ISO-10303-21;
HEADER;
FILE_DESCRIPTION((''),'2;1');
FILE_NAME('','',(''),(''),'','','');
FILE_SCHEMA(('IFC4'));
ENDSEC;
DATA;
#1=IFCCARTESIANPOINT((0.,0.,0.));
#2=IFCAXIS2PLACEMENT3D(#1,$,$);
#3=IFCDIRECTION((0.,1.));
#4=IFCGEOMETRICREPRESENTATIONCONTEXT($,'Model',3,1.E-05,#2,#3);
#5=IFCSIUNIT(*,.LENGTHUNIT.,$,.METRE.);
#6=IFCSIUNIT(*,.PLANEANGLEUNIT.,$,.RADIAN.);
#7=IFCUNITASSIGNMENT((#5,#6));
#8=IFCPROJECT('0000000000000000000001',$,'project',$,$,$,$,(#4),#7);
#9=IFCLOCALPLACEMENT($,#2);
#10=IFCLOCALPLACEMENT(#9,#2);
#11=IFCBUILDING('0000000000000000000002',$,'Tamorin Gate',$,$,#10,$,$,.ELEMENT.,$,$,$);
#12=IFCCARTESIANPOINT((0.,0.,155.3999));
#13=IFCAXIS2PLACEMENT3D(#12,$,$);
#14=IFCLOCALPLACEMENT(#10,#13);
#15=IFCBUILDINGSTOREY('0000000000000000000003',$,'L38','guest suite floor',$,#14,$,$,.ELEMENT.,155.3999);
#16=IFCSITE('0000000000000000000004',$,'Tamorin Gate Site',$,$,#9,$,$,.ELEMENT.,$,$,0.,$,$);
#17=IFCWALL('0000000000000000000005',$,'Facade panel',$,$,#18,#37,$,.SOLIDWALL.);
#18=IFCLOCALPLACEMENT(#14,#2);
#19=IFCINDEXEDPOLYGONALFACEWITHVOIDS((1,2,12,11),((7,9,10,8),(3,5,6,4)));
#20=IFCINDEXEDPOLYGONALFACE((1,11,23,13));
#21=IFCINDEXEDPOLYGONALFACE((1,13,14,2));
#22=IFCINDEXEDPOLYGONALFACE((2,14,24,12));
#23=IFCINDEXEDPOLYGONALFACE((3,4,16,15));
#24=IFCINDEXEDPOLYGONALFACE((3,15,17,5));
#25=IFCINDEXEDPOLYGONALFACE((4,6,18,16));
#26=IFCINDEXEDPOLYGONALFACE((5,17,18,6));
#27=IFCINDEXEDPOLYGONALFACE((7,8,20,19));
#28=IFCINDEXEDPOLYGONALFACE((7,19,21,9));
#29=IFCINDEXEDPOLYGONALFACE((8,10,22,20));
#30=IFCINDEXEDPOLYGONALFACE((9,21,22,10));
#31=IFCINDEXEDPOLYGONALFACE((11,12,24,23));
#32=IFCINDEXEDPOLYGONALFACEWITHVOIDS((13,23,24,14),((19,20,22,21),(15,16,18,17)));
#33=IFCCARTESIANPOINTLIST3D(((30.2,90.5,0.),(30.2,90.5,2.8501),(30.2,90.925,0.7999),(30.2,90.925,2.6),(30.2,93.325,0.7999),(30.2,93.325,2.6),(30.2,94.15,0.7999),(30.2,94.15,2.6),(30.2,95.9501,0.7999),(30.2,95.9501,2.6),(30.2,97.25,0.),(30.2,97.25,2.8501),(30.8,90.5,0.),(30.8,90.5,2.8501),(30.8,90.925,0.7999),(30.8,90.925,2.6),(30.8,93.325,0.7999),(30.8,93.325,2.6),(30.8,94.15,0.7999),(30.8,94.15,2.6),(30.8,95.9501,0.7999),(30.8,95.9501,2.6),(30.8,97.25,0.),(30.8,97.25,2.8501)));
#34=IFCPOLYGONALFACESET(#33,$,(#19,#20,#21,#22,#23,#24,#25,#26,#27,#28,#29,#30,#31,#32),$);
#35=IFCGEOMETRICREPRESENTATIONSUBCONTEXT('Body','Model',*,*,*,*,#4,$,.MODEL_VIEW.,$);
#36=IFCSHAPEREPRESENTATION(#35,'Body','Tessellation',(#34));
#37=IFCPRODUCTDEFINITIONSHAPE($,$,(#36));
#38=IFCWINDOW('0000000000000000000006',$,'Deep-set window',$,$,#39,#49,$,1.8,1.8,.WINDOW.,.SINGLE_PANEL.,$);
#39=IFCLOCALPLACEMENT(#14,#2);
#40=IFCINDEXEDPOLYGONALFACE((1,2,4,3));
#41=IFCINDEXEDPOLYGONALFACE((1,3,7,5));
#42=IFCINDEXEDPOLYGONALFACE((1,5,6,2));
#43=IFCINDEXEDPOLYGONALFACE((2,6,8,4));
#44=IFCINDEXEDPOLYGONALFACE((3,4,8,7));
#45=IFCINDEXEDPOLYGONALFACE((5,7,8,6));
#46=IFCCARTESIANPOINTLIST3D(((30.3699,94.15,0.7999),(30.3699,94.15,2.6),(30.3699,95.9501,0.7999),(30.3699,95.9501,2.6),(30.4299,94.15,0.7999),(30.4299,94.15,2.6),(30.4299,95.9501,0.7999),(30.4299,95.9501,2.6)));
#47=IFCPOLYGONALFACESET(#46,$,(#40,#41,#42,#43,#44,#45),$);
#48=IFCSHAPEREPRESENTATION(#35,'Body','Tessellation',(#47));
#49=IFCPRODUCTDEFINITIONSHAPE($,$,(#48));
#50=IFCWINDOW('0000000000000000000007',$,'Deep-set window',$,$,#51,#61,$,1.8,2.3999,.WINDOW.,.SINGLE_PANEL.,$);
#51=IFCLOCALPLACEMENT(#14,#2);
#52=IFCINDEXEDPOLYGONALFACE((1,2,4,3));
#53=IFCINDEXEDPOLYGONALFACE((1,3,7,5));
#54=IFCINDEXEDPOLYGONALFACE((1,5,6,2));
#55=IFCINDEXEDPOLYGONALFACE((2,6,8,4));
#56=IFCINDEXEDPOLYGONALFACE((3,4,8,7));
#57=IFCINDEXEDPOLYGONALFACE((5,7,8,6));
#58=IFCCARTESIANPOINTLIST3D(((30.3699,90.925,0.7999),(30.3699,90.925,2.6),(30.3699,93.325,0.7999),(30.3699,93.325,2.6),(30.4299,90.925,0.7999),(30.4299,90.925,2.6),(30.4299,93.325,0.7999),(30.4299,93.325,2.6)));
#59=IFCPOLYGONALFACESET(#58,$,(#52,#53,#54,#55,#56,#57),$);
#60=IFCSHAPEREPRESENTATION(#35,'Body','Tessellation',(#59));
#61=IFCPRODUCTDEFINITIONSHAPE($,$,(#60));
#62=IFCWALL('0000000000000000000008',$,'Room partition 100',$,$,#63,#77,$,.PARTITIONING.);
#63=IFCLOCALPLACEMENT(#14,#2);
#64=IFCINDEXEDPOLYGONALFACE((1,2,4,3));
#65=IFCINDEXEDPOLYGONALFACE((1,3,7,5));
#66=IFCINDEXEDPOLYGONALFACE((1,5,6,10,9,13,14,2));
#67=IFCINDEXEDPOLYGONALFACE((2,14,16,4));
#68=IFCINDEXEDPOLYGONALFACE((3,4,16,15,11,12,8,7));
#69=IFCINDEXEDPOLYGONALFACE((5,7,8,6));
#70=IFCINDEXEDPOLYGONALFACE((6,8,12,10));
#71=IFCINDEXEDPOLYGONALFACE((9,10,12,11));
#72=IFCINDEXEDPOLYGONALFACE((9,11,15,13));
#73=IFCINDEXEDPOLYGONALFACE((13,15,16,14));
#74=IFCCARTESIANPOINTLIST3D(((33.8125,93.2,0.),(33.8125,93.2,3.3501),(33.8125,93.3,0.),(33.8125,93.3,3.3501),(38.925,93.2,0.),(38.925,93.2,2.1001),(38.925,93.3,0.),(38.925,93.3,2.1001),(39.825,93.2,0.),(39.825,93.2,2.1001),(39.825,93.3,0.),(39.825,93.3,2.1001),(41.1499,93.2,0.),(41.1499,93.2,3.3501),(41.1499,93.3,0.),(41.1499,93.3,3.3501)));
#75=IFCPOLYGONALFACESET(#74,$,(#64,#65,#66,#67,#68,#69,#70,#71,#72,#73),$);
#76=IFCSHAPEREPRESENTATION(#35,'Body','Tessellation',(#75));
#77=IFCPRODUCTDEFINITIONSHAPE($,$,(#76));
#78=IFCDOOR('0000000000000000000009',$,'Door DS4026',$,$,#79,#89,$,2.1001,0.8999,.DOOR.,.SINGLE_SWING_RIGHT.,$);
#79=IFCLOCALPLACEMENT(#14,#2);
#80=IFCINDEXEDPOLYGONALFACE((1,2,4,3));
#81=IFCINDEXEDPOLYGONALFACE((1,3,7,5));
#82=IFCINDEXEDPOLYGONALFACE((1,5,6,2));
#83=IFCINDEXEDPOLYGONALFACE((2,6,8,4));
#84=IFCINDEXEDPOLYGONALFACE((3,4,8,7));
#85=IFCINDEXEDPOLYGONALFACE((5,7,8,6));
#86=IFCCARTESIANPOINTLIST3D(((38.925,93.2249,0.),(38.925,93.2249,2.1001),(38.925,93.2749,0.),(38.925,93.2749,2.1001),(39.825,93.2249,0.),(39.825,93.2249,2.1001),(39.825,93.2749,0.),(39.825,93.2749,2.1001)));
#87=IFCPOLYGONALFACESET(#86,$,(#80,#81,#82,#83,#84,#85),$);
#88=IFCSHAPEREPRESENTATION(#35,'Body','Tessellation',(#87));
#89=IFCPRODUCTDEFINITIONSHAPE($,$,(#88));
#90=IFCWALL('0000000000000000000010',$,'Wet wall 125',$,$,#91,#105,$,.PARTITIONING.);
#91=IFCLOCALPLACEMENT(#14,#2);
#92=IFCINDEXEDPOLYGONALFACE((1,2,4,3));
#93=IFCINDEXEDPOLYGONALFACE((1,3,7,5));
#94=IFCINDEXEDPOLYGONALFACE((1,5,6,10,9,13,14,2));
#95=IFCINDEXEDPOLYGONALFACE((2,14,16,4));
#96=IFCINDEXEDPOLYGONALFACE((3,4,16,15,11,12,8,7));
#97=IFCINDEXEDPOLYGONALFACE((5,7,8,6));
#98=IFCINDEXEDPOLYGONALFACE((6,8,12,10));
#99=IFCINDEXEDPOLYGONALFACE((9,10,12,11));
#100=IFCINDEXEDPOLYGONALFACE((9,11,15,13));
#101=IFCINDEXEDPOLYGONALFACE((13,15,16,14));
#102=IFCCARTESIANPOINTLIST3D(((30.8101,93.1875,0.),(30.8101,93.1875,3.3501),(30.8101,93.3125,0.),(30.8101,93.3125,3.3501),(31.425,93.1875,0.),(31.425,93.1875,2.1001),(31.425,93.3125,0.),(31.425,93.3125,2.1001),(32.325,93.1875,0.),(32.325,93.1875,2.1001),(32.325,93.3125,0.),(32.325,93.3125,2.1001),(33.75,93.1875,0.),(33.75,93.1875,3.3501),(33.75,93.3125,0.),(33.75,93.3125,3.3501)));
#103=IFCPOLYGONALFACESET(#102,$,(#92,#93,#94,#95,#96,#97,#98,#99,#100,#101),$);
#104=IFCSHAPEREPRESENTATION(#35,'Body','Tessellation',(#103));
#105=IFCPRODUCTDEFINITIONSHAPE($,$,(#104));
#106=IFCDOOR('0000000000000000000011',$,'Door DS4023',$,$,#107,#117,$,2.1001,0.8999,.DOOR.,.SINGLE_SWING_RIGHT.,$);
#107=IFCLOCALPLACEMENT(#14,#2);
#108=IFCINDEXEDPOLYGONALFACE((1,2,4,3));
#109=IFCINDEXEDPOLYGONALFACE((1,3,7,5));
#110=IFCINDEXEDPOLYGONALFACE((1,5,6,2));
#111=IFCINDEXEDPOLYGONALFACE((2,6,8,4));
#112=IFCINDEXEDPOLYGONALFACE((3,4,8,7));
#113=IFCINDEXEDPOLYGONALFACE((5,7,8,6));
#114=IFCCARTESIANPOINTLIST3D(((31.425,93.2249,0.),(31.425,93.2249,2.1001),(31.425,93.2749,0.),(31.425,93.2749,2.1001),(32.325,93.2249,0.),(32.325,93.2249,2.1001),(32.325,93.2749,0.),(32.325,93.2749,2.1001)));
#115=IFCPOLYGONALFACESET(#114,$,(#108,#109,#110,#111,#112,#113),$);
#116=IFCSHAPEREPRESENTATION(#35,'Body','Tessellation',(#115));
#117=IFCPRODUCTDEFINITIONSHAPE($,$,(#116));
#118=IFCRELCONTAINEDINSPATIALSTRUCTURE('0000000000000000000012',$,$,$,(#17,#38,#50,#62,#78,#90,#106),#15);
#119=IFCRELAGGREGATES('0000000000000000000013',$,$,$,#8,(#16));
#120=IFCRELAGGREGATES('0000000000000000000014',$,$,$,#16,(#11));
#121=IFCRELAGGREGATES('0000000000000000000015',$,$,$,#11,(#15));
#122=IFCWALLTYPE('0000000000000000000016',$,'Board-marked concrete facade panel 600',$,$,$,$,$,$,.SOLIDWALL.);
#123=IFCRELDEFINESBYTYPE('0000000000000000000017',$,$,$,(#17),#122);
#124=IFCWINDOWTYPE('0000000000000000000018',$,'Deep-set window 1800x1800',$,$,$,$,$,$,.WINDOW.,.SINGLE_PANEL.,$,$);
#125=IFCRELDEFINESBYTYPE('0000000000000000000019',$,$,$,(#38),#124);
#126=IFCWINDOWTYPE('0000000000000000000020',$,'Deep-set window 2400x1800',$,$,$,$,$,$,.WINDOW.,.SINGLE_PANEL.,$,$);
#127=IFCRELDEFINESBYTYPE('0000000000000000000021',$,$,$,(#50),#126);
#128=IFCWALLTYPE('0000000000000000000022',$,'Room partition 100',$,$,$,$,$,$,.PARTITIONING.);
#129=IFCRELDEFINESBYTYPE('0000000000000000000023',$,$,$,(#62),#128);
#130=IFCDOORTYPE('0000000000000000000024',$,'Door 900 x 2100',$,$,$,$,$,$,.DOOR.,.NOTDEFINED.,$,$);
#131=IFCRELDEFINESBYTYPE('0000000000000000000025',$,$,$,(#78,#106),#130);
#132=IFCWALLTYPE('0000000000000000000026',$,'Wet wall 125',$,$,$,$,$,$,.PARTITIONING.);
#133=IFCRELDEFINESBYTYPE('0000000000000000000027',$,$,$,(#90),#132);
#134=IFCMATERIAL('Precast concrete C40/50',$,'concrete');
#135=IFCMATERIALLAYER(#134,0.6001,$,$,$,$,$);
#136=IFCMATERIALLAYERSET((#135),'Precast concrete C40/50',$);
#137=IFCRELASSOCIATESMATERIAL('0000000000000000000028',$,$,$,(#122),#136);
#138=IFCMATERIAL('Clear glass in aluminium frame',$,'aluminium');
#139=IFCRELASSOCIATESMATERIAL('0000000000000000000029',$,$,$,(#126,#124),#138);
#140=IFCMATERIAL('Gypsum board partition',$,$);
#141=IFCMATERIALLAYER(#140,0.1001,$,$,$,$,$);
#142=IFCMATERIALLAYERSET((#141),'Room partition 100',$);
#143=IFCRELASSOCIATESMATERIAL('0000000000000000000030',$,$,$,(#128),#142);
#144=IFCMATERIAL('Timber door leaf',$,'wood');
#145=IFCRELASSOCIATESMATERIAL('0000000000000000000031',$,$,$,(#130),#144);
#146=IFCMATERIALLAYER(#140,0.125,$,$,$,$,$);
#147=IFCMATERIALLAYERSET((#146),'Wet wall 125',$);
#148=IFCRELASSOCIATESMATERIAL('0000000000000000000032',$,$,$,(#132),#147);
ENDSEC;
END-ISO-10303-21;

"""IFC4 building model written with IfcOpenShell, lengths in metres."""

from ifc_helpers import new_model, si_unit, direction, frame, frame_2d, origin, place, context, subcontext, project, spatial, rectangle, extrude, material, layer, layer_set, type_object, element, fill, save


model = new_model("IFC4")

# Units and contexts
model_context = context("Model", 3, precision=1e-05, world=origin(), true_north=direction((0.0, 1.0)))
body_context = subcontext(model_context, "Body", "Model", "MODEL_VIEW")
ifc_project = project(units=[si_unit("LENGTHUNIT", "METRE"), si_unit("PLANEANGLEUNIT", "RADIAN")], contexts=[model_context])

# Site, building, storey
site_placement = place(None, origin())
site = spatial("IfcSite", under=ifc_project, at=site_placement, Name="Tamorin Gate Site", CompositionType="ELEMENT", RefElevation=0.0)
building_placement = place(site_placement, origin())
building = spatial("IfcBuilding", under=site, at=building_placement, Name="Tamorin Gate", CompositionType="ELEMENT")
storey_placement = place(building_placement, frame((0.0, 0.0, 155.3999)))
storey = spatial("IfcBuildingStorey", under=building, at=storey_placement, Name="L38", Description="guest suite floor", CompositionType="ELEMENT", Elevation=155.3999)

# Shared definitions
ifc_material_1 = material(Name="Precast concrete C40/50", Category="concrete")
ifc_layer_1 = layer(ifc_material_1, 0.6001)
ifc_layer_set_1 = layer_set([ifc_layer_1], Name="Precast concrete C40/50")
wall_type_1 = type_object("IfcWallType", Name="Board-marked concrete facade panel 600", PredefinedType="SOLIDWALL", material=ifc_layer_set_1)

# Shared definitions
ifc_material_2 = material(Name="Clear glass in aluminium frame", Category="aluminium")
window_type_1 = type_object("IfcWindowType", Name="Deep-set window 2400x1800", PartitioningType="SINGLE_PANEL", PredefinedType="WINDOW", material=ifc_material_2)

# Wall, openings, windows
wall_1_placement = place(storey_placement, frame((30.5, 97.25, 0.0), z_axis=(0.0, 0.0, 1.0), x_axis=(0.0, -1.0, 0.0)))
wall_1 = element("IfcWall", 1, at=wall_1_placement, inside=storey, type_object=wall_type_1, Name="Facade panel", PredefinedType="SOLIDWALL", context=body_context, shape_type="SweptSolid", body=[
    extrude(rectangle(XDim=6.75, YDim=0.6001, at=frame_2d((3.375, 0.0))), origin(), (0.0, 0.0, 1.0), 2.8501),
])
opening_1_placement = place(wall_1_placement, frame((3.925, 0.0, 0.8)))
opening_1 = element("IfcOpeningElement", 2, at=opening_1_placement, cuts=wall_1, PredefinedType="OPENING", context=body_context, shape_type="SweptSolid", body=[
    extrude(rectangle(XDim=2.3999, YDim=1.8, at=frame_2d((1.2, 0.8999))), frame((0.0, 0.3101, 0.0), z_axis=(0.0, -1.0, 0.0), x_axis=(1.0, 0.0, 0.0)), (0.0, 0.0, 1.0), 0.6201),
])
opening_2_placement = place(wall_1_placement, frame((1.3, 0.0, 0.8)))
opening_2 = element("IfcOpeningElement", 3, at=opening_2_placement, cuts=wall_1, PredefinedType="OPENING", context=body_context, shape_type="SweptSolid", body=[
    extrude(rectangle(XDim=1.8, YDim=1.8, at=frame_2d((0.8999, 0.8999))), frame((0.0, 0.3101, 0.0), z_axis=(0.0, -1.0, 0.0), x_axis=(1.0, 0.0, 0.0)), (0.0, 0.0, 1.0), 0.6201),
])
window_type_2 = type_object("IfcWindowType", Name="Deep-set window 1800x1800", PartitioningType="SINGLE_PANEL", PredefinedType="WINDOW", material=ifc_material_2)
window_1_placement = place(opening_2_placement, origin())
window_1 = element("IfcWindow", 4, at=window_1_placement, inside=storey, type_object=window_type_2, Name="Deep-set window", OverallHeight=1.8, OverallWidth=1.8, PartitioningType="SINGLE_PANEL", PredefinedType="WINDOW", context=body_context, shape_type="SweptSolid", body=[
    extrude(rectangle(XDim=1.8, YDim=1.8, at=frame_2d((0.8999, 0.8999))), frame((0.0, -0.0701, 0.0), z_axis=(0.0, -1.0, 0.0), x_axis=(1.0, 0.0, 0.0)), (0.0, 0.0, 1.0), 0.0601),
])
fill(opening_2, window_1)
window_2_placement = place(opening_1_placement, origin())
window_2 = element("IfcWindow", 5, at=window_2_placement, inside=storey, type_object=window_type_1, Name="Deep-set window", OverallHeight=1.8, OverallWidth=2.3999, PartitioningType="SINGLE_PANEL", PredefinedType="WINDOW", context=body_context, shape_type="SweptSolid", body=[
    extrude(rectangle(XDim=2.3999, YDim=1.8, at=frame_2d((1.2, 0.8999))), frame((0.0, -0.0701, 0.0), z_axis=(0.0, -1.0, 0.0), x_axis=(1.0, 0.0, 0.0)), (0.0, 0.0, 1.0), 0.0601),
])
fill(opening_1, window_2)

# Walls, openings, doors
ifc_material_3 = material(Name="Gypsum board partition")
ifc_layer_2 = layer(ifc_material_3, 0.1001)
ifc_layer_set_2 = layer_set([ifc_layer_2], Name="Room partition 100")
wall_type_2 = type_object("IfcWallType", Name="Room partition 100", PredefinedType="PARTITIONING", material=ifc_layer_set_2)
wall_2_placement = place(storey_placement, frame((33.8125, 93.25, 0.0), z_axis=(0.0, 0.0, 1.0), x_axis=(1.0, 0.0, 0.0)))
wall_2 = element("IfcWall", 6, at=wall_2_placement, inside=storey, type_object=wall_type_2, Name="Room partition 100", PredefinedType="PARTITIONING", context=body_context, shape_type="SweptSolid", body=[
    extrude(rectangle(XDim=7.3374, YDim=0.1001, at=frame_2d((3.6687, 0.0))), origin(), (0.0, 0.0, 1.0), 3.3501),
])
opening_3_placement = place(wall_2_placement, frame((5.1125, 0.0, 0.0)))
opening_3 = element("IfcOpeningElement", 7, at=opening_3_placement, cuts=wall_2, PredefinedType="OPENING", context=body_context, shape_type="SweptSolid", body=[
    extrude(rectangle(XDim=0.8999, YDim=2.1001, at=frame_2d((0.45, 1.05))), frame((0.0, 0.0601, 0.0), z_axis=(0.0, -1.0, 0.0), x_axis=(1.0, 0.0, 0.0)), (0.0, 0.0, 1.0), 0.1201),
])
ifc_material_4 = material(Name="Timber door leaf", Category="wood")
door_type = type_object("IfcDoorType", Name="Door 900 x 2100", OperationType="NOTDEFINED", PredefinedType="DOOR", material=ifc_material_4)
door_1_placement = place(opening_3_placement, origin())
door_1 = element("IfcDoor", 8, at=door_1_placement, inside=storey, type_object=door_type, Name="Door DS4026", OperationType="SINGLE_SWING_RIGHT", OverallHeight=2.1001, OverallWidth=0.8999, PredefinedType="DOOR", context=body_context, shape_type="SweptSolid", body=[
    extrude(rectangle(XDim=0.8999, YDim=2.1001, at=frame_2d((0.45, 1.05))), frame((0.0, 0.0249, 0.0), z_axis=(0.0, -1.0, 0.0), x_axis=(1.0, 0.0, 0.0)), (0.0, 0.0, 1.0), 0.05),
])
fill(opening_3, door_1)
ifc_layer_3 = layer(ifc_material_3, 0.125)
ifc_layer_set_3 = layer_set([ifc_layer_3], Name="Wet wall 125")
wall_type_3 = type_object("IfcWallType", Name="Wet wall 125", PredefinedType="PARTITIONING", material=ifc_layer_set_3)
wall_3_placement = place(storey_placement, frame((30.8101, 93.25, 0.0), z_axis=(0.0, 0.0, 1.0), x_axis=(1.0, 0.0, 0.0)))
wall_3 = element("IfcWall", 9, at=wall_3_placement, inside=storey, type_object=wall_type_3, Name="Wet wall 125", PredefinedType="PARTITIONING", context=body_context, shape_type="SweptSolid", body=[
    extrude(rectangle(XDim=2.9399, YDim=0.125, at=frame_2d((1.47, 0.0))), origin(), (0.0, 0.0, 1.0), 3.3501),
])
opening_4_placement = place(wall_3_placement, frame((0.615, 0.0, 0.0)))
opening_4 = element("IfcOpeningElement", 10, at=opening_4_placement, cuts=wall_3, PredefinedType="OPENING", context=body_context, shape_type="SweptSolid", body=[
    extrude(rectangle(XDim=0.8999, YDim=2.1001, at=frame_2d((0.45, 1.05))), frame((0.0, 0.0725, 0.0), z_axis=(0.0, -1.0, 0.0), x_axis=(1.0, 0.0, 0.0)), (0.0, 0.0, 1.0), 0.145),
])
door_2_placement = place(opening_4_placement, origin())
door_2 = element("IfcDoor", 11, at=door_2_placement, inside=storey, type_object=door_type, Name="Door DS4023", OperationType="SINGLE_SWING_RIGHT", OverallHeight=2.1001, OverallWidth=0.8999, PredefinedType="DOOR", context=body_context, shape_type="SweptSolid", body=[
    extrude(rectangle(XDim=0.8999, YDim=2.1001, at=frame_2d((0.45, 1.05))), frame((0.0, 0.0249, 0.0), z_axis=(0.0, -1.0, 0.0), x_axis=(1.0, 0.0, 0.0)), (0.0, 0.0, 1.0), 0.05),
])
fill(opening_4, door_2)

save(model, "model.ifc")
